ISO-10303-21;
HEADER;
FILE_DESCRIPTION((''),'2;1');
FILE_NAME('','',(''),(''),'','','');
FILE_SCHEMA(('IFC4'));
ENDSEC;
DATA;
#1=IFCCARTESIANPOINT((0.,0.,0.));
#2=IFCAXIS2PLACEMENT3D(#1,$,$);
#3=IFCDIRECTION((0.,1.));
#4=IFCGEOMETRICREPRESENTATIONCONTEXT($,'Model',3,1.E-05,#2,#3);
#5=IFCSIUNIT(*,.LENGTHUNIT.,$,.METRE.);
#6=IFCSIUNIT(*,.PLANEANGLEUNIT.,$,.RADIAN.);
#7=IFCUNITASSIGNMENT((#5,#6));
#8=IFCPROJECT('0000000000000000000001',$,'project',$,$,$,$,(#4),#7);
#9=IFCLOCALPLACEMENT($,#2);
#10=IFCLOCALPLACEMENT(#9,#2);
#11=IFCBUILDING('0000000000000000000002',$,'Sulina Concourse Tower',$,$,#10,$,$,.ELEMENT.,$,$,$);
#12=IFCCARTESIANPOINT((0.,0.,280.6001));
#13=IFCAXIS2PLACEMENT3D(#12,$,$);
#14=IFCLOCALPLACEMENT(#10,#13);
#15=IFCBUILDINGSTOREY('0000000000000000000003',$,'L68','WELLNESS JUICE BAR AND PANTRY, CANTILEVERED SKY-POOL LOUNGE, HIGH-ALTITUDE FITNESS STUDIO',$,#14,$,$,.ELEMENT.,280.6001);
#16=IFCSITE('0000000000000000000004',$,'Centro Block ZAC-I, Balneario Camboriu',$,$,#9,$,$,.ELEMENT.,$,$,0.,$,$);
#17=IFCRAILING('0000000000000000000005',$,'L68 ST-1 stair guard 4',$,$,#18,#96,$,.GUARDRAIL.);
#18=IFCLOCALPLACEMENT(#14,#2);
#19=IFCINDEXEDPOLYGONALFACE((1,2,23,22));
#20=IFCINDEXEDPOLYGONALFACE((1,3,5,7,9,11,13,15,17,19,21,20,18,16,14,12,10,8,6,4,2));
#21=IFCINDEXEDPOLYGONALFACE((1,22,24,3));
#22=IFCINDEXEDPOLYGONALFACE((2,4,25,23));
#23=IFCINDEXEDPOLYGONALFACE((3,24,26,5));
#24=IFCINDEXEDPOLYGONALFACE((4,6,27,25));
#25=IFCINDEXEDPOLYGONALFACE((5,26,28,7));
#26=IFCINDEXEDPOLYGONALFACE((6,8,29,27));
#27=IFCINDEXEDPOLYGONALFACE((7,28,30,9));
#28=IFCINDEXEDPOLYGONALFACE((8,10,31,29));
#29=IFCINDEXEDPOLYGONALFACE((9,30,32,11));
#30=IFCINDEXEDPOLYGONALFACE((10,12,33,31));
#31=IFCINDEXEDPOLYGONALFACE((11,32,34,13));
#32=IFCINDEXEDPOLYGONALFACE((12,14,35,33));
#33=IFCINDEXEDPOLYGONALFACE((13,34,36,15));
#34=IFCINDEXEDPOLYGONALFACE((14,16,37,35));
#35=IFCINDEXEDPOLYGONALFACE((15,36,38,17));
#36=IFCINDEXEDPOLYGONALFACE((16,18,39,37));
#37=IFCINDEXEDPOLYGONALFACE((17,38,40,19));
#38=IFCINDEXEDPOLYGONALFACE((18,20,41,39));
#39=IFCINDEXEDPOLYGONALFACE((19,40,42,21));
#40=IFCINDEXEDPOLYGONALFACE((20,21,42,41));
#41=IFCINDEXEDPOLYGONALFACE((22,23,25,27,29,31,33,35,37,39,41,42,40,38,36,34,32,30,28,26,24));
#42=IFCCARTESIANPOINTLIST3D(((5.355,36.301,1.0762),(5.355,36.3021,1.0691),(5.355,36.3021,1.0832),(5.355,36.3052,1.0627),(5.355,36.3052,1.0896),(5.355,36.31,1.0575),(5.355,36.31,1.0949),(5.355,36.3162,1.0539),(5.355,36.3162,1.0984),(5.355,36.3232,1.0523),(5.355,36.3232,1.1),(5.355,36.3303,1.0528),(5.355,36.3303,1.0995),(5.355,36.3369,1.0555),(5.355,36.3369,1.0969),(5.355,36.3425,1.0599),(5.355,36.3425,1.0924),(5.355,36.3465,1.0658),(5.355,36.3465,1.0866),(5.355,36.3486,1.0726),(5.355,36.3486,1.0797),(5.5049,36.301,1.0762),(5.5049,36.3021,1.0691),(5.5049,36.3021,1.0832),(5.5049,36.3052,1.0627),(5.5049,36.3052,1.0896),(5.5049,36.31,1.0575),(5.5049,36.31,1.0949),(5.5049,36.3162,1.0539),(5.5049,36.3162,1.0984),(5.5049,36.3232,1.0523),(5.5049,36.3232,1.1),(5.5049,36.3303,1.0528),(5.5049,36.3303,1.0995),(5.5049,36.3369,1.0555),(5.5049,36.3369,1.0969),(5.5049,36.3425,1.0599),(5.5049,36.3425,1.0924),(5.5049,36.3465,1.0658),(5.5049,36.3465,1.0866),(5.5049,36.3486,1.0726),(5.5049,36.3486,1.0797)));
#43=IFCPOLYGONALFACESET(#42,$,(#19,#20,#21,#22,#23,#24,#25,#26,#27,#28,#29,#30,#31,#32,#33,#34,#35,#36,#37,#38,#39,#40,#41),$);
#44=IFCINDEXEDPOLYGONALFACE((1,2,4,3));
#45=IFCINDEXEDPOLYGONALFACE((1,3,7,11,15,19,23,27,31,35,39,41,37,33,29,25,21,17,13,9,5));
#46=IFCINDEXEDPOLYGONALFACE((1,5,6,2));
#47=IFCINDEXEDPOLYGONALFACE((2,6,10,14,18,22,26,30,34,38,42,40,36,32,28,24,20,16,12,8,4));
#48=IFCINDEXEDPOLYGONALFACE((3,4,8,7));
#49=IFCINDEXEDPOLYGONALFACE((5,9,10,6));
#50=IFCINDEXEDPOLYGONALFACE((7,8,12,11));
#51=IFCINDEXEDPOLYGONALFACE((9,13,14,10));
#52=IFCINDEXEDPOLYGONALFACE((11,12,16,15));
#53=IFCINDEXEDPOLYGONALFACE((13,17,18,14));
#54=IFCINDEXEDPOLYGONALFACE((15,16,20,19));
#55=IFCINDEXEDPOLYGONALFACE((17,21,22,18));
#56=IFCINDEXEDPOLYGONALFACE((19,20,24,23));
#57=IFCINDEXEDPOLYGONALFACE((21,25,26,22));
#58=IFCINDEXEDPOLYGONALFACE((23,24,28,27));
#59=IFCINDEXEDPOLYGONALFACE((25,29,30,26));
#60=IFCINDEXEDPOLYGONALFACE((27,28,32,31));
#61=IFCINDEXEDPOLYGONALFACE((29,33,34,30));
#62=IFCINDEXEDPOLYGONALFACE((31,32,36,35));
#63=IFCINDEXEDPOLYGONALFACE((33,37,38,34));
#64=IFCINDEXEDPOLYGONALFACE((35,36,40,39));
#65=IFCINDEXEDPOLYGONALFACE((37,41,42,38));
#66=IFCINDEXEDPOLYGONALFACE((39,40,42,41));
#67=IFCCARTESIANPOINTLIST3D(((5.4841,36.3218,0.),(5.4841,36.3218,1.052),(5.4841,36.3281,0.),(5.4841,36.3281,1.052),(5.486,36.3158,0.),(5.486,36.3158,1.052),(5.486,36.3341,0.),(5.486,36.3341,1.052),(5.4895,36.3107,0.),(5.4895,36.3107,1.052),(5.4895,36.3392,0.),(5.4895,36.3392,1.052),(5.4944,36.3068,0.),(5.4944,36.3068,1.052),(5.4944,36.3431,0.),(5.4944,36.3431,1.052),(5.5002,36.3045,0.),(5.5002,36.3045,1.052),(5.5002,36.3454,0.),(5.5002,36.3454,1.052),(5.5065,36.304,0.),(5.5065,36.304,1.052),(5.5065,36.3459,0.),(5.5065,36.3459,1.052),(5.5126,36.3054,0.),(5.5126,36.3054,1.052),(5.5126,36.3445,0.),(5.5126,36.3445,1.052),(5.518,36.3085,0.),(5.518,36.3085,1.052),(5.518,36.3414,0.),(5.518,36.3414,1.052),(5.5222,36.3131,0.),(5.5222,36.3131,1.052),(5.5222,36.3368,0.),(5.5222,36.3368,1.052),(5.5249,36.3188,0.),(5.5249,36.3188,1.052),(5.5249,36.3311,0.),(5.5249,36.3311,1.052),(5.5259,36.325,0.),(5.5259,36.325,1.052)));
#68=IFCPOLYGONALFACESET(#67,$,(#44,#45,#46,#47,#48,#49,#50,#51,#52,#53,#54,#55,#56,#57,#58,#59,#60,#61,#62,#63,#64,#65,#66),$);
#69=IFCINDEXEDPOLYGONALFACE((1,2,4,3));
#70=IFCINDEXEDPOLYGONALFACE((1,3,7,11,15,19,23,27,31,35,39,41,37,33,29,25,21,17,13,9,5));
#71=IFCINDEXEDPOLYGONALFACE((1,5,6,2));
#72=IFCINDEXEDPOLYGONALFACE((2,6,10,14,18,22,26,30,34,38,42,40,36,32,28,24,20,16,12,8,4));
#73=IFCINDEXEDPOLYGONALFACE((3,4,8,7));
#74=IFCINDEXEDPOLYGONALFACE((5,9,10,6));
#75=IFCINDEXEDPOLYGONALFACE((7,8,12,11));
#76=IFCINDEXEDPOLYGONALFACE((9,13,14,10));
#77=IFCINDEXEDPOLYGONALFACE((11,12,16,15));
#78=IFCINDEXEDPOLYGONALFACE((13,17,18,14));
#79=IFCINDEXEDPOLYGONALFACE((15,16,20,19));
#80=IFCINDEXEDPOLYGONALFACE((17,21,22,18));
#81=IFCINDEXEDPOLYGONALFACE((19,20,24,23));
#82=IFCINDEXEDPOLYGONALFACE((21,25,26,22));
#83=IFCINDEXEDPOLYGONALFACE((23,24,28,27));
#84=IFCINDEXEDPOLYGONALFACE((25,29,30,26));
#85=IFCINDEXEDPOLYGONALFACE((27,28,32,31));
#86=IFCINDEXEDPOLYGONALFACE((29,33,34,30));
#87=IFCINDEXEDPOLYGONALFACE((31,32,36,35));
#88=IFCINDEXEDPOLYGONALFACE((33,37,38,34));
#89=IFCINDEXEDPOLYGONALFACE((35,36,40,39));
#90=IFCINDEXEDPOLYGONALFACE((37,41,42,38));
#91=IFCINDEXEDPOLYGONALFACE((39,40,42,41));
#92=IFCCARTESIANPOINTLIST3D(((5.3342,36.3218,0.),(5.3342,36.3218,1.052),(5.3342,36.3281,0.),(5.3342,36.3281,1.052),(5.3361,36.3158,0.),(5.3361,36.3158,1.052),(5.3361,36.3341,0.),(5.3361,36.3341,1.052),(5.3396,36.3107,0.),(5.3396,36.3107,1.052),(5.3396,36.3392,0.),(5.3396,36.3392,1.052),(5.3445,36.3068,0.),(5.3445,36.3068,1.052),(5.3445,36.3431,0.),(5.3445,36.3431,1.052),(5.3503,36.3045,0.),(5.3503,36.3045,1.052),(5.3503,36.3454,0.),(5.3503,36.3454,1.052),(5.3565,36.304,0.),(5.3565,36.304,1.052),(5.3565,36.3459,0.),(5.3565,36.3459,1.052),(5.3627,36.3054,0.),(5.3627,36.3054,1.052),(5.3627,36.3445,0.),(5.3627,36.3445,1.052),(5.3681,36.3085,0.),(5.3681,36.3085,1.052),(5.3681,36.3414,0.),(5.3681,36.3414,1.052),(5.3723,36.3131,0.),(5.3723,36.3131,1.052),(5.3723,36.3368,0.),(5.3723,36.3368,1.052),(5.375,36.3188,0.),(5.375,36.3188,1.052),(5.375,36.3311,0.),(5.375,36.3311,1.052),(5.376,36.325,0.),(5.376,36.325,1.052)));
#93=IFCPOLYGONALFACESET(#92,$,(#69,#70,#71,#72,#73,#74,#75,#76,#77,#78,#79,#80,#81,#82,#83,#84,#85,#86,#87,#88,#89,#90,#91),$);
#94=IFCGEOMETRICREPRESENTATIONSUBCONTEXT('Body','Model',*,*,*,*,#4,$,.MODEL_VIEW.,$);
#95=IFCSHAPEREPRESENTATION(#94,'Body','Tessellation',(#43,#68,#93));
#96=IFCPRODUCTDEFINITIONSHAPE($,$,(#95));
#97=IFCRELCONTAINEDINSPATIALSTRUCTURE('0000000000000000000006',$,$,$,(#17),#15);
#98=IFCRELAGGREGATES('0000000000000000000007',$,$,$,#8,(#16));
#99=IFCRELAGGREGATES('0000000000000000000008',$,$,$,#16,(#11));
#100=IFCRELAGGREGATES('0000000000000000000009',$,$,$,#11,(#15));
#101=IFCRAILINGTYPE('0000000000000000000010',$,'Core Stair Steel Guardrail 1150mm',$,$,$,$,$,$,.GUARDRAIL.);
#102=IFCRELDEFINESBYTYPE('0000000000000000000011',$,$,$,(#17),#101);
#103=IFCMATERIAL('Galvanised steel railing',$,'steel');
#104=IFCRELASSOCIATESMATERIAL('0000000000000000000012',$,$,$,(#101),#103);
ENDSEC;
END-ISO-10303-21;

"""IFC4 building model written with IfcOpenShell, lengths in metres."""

from ifc_helpers import new_model, si_unit, direction, frame, origin, origin_2d, place, context, subcontext, project, spatial, circle, extrude, material, type_object, element, save


model = new_model("IFC4")

# Units and contexts
model_context = context("Model", 3, precision=1e-05, world=origin(), true_north=direction((0.0, 1.0)))
body_context = subcontext(model_context, "Body", "Model", "MODEL_VIEW")
ifc_project = project(units=[si_unit("LENGTHUNIT", "METRE"), si_unit("PLANEANGLEUNIT", "RADIAN")], contexts=[model_context])

# Site, building, storey
site_placement = place(None, origin())
site = spatial("IfcSite", under=ifc_project, at=site_placement, Name="Centro Block ZAC-I, Balneario Camboriu", CompositionType="ELEMENT", RefElevation=0.0)
building_placement = place(site_placement, origin())
building = spatial("IfcBuilding", under=site, at=building_placement, Name="Sulina Concourse Tower", CompositionType="ELEMENT")
storey_placement = place(building_placement, frame((0.0, 0.0, 280.6001)))
storey = spatial("IfcBuildingStorey", under=building, at=storey_placement, Name="L68", Description="WELLNESS JUICE BAR AND PANTRY, CANTILEVERED SKY-POOL LOUNGE, HIGH-ALTITUDE FITNESS STUDIO", CompositionType="ELEMENT", Elevation=280.6001)

# Railing
ifc_material_1 = material(Name="Galvanised steel railing", Category="steel")
railing_type_1 = type_object("IfcRailingType", Name="Core Stair Steel Guardrail 1150mm", PredefinedType="GUARDRAIL", material=ifc_material_1)
railing_1_placement = place(storey_placement, frame((5.5049, 36.325, 0.0)))
element("IfcRailing", 1, at=railing_1_placement, inside=storey, type_object=railing_type_1, Name="L68 ST-1 stair guard 4", PredefinedType="GUARDRAIL", context=body_context, shape_type="SweptSolid", body=[
    extrude(circle(Radius=0.0239, at=origin_2d()), frame((0.0, 0.0, 1.0762), z_axis=(-1.0, 0.0, 0.0), x_axis=(0.0, -1.0, 0.0)), (0.0, 0.0, 1.0), 0.1499),
    extrude(circle(Radius=0.021, at=origin_2d()), origin(), (0.0, 0.0, 1.0), 1.052),
    extrude(circle(Radius=0.021, at=origin_2d()), frame((-0.1499, 0.0, 0.0)), (0.0, 0.0, 1.0), 1.052),
])

save(model, "model.ifc")
